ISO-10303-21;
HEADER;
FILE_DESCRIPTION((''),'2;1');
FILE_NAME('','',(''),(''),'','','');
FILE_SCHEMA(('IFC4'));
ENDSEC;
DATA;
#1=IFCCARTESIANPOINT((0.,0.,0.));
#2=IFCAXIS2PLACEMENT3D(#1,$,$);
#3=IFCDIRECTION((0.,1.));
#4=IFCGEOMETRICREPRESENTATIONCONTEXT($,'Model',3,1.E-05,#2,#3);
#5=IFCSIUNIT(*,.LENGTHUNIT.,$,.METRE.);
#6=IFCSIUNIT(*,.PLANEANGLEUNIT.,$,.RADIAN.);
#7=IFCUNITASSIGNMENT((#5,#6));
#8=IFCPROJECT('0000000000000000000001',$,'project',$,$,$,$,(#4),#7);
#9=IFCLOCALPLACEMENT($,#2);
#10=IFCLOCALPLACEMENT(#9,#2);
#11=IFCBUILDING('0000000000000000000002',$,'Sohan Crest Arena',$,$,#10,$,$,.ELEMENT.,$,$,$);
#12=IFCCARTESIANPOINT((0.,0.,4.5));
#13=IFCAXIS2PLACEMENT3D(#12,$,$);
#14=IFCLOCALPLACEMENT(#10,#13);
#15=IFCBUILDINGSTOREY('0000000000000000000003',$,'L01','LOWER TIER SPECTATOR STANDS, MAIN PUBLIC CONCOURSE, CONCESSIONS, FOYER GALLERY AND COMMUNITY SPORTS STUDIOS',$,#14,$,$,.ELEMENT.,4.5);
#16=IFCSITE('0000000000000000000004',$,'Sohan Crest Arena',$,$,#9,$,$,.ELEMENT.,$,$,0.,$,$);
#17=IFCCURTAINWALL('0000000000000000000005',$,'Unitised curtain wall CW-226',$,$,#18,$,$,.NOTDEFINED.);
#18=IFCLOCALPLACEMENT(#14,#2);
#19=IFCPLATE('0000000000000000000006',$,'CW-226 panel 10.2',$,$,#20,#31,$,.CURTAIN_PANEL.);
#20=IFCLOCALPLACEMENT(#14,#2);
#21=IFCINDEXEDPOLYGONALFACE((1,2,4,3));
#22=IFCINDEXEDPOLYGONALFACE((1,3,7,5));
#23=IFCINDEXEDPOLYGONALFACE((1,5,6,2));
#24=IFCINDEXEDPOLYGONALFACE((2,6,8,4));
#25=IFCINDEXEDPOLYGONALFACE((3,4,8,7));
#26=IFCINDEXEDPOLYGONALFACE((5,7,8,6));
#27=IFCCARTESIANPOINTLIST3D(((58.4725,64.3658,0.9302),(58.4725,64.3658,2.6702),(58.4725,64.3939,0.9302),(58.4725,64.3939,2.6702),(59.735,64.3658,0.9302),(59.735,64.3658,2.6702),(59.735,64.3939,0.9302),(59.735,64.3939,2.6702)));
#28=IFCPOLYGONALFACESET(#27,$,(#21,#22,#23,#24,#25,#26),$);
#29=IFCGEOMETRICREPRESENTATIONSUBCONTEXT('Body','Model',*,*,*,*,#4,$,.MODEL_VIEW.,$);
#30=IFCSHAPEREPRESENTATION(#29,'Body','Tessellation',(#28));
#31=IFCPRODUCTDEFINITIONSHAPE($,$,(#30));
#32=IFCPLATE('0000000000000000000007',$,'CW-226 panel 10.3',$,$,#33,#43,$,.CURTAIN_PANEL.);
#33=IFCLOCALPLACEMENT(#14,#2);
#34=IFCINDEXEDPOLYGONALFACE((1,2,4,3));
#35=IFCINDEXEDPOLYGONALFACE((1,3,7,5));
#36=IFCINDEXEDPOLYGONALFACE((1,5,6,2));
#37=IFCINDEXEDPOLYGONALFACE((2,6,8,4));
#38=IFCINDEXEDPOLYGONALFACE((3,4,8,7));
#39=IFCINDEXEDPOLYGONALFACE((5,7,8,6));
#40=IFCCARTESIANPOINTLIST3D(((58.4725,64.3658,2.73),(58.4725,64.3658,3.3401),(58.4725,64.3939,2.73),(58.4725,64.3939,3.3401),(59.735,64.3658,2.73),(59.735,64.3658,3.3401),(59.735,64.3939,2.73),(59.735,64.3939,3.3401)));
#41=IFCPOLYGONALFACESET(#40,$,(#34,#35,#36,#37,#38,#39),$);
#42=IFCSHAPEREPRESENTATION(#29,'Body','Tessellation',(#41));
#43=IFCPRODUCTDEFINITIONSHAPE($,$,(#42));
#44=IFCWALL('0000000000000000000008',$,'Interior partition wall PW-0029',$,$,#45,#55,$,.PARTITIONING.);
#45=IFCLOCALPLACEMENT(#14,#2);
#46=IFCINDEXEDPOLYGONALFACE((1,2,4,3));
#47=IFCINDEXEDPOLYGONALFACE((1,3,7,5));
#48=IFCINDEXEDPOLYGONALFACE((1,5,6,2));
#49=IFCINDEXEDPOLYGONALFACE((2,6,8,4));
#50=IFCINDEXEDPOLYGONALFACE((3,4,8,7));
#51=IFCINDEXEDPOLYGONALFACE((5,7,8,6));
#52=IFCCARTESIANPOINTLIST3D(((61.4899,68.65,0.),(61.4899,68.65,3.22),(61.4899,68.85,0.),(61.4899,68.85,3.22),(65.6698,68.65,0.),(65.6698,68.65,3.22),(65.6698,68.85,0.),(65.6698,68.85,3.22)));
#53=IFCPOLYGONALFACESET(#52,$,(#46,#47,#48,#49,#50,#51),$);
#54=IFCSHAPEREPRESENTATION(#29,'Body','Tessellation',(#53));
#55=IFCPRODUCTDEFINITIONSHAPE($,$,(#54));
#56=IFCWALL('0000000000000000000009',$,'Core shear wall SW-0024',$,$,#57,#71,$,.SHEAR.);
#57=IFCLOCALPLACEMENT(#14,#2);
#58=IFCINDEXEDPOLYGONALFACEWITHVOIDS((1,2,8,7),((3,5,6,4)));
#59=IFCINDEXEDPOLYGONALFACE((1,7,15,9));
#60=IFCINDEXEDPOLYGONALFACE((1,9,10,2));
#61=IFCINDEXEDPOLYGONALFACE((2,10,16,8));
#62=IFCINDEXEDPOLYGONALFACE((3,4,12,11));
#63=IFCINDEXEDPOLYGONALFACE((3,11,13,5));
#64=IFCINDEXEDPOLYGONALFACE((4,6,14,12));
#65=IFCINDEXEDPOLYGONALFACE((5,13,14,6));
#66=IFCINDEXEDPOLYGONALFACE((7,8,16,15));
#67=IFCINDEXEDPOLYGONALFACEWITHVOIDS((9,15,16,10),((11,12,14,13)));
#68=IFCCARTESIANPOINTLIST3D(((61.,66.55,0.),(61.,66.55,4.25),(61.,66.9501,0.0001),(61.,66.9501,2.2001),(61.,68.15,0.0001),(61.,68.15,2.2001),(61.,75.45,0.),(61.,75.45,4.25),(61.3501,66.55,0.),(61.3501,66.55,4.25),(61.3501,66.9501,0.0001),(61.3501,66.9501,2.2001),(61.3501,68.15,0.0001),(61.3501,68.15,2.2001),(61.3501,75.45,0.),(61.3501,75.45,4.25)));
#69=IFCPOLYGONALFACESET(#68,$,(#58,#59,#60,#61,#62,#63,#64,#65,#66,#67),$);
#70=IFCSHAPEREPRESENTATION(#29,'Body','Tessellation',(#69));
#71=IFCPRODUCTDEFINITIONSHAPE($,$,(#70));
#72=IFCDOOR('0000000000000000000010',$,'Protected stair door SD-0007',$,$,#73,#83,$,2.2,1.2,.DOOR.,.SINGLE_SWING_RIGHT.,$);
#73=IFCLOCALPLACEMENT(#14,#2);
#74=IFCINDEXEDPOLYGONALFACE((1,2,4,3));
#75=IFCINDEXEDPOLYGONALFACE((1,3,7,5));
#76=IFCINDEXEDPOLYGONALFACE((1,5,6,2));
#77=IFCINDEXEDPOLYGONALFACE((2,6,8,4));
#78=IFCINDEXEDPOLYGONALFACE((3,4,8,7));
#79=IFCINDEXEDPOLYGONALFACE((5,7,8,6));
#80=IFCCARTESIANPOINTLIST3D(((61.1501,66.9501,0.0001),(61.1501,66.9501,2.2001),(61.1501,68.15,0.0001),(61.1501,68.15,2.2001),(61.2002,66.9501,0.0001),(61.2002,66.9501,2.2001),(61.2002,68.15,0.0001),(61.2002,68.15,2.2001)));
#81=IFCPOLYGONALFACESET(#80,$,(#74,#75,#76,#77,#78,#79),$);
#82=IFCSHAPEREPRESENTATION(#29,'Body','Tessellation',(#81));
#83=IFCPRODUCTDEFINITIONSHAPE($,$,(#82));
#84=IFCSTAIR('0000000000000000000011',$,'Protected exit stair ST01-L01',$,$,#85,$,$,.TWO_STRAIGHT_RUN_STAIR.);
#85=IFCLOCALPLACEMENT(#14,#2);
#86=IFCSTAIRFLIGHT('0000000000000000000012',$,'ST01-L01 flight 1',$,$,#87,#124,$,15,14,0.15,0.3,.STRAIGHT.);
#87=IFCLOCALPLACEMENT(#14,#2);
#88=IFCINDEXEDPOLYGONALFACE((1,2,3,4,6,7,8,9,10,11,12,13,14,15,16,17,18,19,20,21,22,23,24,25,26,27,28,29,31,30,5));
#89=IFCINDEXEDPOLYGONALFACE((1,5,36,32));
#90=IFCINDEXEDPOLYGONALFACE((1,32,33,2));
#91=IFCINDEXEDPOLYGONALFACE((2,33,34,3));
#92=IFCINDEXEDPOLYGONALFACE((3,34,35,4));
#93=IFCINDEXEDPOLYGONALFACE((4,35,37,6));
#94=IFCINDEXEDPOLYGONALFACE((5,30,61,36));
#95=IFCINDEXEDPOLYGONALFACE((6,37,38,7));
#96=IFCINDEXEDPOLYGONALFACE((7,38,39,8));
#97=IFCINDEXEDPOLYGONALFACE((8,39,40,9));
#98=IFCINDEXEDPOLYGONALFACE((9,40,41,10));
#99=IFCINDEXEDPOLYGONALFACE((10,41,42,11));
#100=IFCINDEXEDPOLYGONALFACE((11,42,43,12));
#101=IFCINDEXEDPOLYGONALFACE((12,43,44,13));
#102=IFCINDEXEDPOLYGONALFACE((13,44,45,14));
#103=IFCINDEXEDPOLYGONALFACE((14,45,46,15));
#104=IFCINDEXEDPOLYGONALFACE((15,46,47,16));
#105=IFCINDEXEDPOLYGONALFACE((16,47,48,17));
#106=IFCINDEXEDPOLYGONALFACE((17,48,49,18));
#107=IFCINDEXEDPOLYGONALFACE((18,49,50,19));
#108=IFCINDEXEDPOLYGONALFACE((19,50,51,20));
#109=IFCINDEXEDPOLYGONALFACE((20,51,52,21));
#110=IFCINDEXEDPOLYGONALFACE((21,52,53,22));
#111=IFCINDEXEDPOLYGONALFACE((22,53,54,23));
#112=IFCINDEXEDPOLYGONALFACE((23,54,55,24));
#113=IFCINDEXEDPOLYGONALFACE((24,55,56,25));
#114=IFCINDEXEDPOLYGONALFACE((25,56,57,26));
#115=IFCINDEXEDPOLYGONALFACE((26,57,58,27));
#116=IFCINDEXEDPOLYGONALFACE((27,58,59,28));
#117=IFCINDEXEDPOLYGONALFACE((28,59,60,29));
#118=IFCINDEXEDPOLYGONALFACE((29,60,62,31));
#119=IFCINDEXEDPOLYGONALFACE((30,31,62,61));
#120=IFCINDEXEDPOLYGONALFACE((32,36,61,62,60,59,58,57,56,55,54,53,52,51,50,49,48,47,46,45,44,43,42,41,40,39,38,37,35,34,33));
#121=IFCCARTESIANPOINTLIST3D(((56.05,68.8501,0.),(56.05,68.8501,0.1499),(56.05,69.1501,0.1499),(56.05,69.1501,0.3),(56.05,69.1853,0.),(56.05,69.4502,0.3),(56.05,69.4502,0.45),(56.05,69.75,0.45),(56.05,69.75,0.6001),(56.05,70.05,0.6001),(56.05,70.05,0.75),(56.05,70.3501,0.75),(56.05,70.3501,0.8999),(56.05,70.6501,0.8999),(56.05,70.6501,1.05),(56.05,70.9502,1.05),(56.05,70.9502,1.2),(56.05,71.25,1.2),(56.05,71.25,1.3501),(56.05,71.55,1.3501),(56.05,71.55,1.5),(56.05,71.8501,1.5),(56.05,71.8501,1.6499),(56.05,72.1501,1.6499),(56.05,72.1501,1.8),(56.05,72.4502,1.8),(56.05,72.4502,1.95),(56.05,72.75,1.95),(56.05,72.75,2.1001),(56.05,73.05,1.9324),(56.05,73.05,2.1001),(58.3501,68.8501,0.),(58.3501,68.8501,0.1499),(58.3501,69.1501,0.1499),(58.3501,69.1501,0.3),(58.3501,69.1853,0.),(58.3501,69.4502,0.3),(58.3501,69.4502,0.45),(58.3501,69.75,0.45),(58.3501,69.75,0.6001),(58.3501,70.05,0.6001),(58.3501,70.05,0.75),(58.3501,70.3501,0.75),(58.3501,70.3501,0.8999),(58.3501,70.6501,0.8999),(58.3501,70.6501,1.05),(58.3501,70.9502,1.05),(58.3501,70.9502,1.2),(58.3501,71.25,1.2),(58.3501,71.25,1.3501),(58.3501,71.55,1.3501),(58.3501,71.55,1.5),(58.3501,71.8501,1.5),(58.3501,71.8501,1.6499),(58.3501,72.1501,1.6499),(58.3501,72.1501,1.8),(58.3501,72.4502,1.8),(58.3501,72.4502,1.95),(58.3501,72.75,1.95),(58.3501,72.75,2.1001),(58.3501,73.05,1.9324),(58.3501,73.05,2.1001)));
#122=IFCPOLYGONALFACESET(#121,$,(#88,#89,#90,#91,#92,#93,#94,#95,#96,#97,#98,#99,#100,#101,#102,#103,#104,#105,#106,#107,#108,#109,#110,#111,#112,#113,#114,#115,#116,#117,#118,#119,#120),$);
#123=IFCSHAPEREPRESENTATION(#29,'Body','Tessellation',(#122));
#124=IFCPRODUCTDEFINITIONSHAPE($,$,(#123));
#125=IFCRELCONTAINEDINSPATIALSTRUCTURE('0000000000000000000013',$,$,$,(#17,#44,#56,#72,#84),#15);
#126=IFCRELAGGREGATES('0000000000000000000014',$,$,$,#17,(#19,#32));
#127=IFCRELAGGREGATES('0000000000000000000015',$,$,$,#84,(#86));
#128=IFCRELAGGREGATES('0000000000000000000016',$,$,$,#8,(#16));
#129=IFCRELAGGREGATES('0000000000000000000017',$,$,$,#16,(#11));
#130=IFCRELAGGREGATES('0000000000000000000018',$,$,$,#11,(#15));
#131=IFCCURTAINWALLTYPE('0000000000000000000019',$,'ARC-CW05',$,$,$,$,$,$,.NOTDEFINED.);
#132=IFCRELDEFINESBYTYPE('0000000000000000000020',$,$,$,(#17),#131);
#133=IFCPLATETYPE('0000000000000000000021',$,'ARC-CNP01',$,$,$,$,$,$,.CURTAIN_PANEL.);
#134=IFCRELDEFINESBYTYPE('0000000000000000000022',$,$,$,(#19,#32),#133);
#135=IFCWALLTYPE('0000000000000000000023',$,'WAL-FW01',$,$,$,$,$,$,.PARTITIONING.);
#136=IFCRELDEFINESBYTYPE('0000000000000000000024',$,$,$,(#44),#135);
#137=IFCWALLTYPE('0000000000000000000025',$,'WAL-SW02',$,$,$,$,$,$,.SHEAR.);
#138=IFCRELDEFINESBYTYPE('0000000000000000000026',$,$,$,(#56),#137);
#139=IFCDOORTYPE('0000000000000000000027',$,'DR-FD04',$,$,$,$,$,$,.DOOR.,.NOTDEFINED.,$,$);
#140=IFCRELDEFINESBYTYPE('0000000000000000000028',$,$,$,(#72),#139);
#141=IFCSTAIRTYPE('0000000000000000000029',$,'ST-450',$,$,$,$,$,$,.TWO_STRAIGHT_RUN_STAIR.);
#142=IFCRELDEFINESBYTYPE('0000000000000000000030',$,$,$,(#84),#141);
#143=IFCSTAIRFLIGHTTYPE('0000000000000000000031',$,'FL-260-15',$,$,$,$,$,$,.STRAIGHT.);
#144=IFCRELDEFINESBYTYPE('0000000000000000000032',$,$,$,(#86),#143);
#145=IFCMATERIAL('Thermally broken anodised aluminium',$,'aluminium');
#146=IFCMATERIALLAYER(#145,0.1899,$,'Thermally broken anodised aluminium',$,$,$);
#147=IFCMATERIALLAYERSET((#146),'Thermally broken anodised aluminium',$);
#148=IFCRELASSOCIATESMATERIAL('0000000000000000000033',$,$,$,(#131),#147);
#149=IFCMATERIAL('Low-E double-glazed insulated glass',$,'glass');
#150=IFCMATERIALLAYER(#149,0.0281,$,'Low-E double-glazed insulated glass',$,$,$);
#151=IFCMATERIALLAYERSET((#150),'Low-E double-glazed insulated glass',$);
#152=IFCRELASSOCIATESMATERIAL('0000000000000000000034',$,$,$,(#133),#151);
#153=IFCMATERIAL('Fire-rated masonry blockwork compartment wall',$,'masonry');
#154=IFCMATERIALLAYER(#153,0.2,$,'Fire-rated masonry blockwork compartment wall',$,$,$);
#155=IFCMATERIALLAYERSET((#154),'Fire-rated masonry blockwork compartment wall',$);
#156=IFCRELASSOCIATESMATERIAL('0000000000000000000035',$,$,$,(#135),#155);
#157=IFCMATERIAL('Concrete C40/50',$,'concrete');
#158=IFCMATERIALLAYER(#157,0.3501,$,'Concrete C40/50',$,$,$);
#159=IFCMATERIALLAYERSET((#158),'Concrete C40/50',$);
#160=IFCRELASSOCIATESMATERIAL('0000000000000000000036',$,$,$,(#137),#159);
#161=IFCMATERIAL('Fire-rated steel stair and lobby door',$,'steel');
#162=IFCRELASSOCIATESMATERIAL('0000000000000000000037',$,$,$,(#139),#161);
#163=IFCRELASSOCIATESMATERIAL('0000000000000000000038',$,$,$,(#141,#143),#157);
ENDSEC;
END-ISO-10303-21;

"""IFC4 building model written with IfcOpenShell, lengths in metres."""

from ifc_helpers import new_model, si_unit, direction, frame, frame_2d, origin, origin_2d, place, context, subcontext, project, spatial, polyline, rectangle, outline, extrude, material, layer, layer_set, type_object, element, fill, aggregate, save


model = new_model("IFC4")

# Units and contexts
model_context = context("Model", 3, precision=1e-05, world=origin(), true_north=direction((0.0, 1.0)))
body_context = subcontext(model_context, "Body", "Model", "MODEL_VIEW")
ifc_project = project(units=[si_unit("LENGTHUNIT", "METRE"), si_unit("PLANEANGLEUNIT", "RADIAN")], contexts=[model_context])

# Site, building, storey
site_placement = place(None, origin())
site = spatial("IfcSite", under=ifc_project, at=site_placement, Name="Sohan Crest Arena", CompositionType="ELEMENT", RefElevation=0.0)
building_placement = place(site_placement, origin())
building = spatial("IfcBuilding", under=site, at=building_placement, Name="Sohan Crest Arena", CompositionType="ELEMENT")
storey_placement = place(building_placement, frame((0.0, 0.0, 4.5)))
storey = spatial("IfcBuildingStorey", under=building, at=storey_placement, Name="L01", Description="LOWER TIER SPECTATOR STANDS, MAIN PUBLIC CONCOURSE, CONCESSIONS, FOYER GALLERY AND COMMUNITY SPORTS STUDIOS", CompositionType="ELEMENT", Elevation=4.5)

# Curtain wall, plates
ifc_material_1 = material(Name="Thermally broken anodised aluminium", Category="aluminium")
ifc_layer_1 = layer(ifc_material_1, 0.1899, Name="Thermally broken anodised aluminium")
ifc_layer_set_1 = layer_set([ifc_layer_1], Name="Thermally broken anodised aluminium")
curtain_wall_type = type_object("IfcCurtainWallType", Name="ARC-CW05", PredefinedType="NOTDEFINED", material=ifc_layer_set_1)
curtain_wall_placement = place(storey_placement, origin())
curtain_wall = element("IfcCurtainWall", 1, at=curtain_wall_placement, inside=storey, type_object=curtain_wall_type, Name="Unitised curtain wall CW-226", PredefinedType="NOTDEFINED")
ifc_material_2 = material(Name="Low-E double-glazed insulated glass", Category="glass")
ifc_layer_2 = layer(ifc_material_2, 0.0281, Name="Low-E double-glazed insulated glass")
ifc_layer_set_2 = layer_set([ifc_layer_2], Name="Low-E double-glazed insulated glass")
plate_type = type_object("IfcPlateType", Name="ARC-CNP01", PredefinedType="CURTAIN_PANEL", material=ifc_layer_set_2)
plate_1_placement = place(storey_placement, frame((59.1038, 64.3799, 0.9302), z_axis=(0.0, 0.0, 1.0), x_axis=(1.0, 0.0, 0.0)))
plate_1 = element("IfcPlate", 2, at=plate_1_placement, type_object=plate_type, Name="CW-226 panel 10.2", PredefinedType="CURTAIN_PANEL", context=body_context, shape_type="SweptSolid", body=[
    extrude(rectangle(XDim=1.2625, YDim=0.0281, at=origin_2d()), origin(), (0.0, 0.0, 1.0), 1.74),
])
plate_2_placement = place(storey_placement, frame((59.1038, 64.3799, 2.73), z_axis=(0.0, 0.0, 1.0), x_axis=(1.0, 0.0, 0.0)))
plate_2 = element("IfcPlate", 3, at=plate_2_placement, type_object=plate_type, Name="CW-226 panel 10.3", PredefinedType="CURTAIN_PANEL", context=body_context, shape_type="SweptSolid", body=[
    extrude(rectangle(XDim=1.2625, YDim=0.0281, at=origin_2d()), origin(), (0.0, 0.0, 1.0), 0.6101),
])
aggregate(curtain_wall, [plate_1, plate_2])

# Wall
ifc_material_3 = material(Name="Fire-rated masonry blockwork compartment wall", Category="masonry")
ifc_layer_3 = layer(ifc_material_3, 0.2, Name="Fire-rated masonry blockwork compartment wall")
ifc_layer_set_3 = layer_set([ifc_layer_3], Name="Fire-rated masonry blockwork compartment wall")
wall_type_1 = type_object("IfcWallType", Name="WAL-FW01", PredefinedType="PARTITIONING", material=ifc_layer_set_3)
wall_1_placement = place(storey_placement, frame((61.49, 68.75, 0.0), z_axis=(0.0, 0.0, 1.0), x_axis=(1.0, 0.0, 0.0)))
element("IfcWall", 4, at=wall_1_placement, inside=storey, type_object=wall_type_1, Name="Interior partition wall PW-0029", PredefinedType="PARTITIONING", context=body_context, shape_type="SweptSolid", body=[
    extrude(rectangle(XDim=4.1799, YDim=0.2, at=frame_2d((2.0898, 0.0))), origin(), (0.0, 0.0, 1.0), 3.22),
])

# Wall, opening, door
ifc_material_4 = material(Name="Concrete C40/50", Category="concrete")
ifc_layer_4 = layer(ifc_material_4, 0.3501, Name="Concrete C40/50")
ifc_layer_set_4 = layer_set([ifc_layer_4], Name="Concrete C40/50")
wall_type_2 = type_object("IfcWallType", Name="WAL-SW02", PredefinedType="SHEAR", material=ifc_layer_set_4)
wall_2_placement = place(storey_placement, frame((61.175, 66.55, 0.0), z_axis=(0.0, 0.0, 1.0), x_axis=(0.0, 1.0, 0.0)))
wall_2 = element("IfcWall", 5, at=wall_2_placement, inside=storey, type_object=wall_type_2, Name="Core shear wall SW-0024", PredefinedType="SHEAR", context=body_context, shape_type="SweptSolid", body=[
    extrude(rectangle(XDim=8.8999, YDim=0.3501, at=frame_2d((4.45, 0.0))), origin(), (0.0, 0.0, 1.0), 4.25),
])
opening_placement = place(wall_2_placement, frame((0.3999, 0.0, 0.0)))
opening = element("IfcOpeningElement", 6, at=opening_placement, cuts=wall_2, PredefinedType="OPENING", context=body_context, shape_type="SweptSolid", body=[
    extrude(rectangle(XDim=1.2, YDim=2.2, at=frame_2d((0.6001, 1.1001))), frame((0.0, 0.1851, 0.0), z_axis=(0.0, -1.0, 0.0), x_axis=(1.0, 0.0, 0.0)), (0.0, 0.0, 1.0), 0.3701),
])
ifc_material_5 = material(Name="Fire-rated steel stair and lobby door", Category="steel")
door_type = type_object("IfcDoorType", Name="DR-FD04", OperationType="NOTDEFINED", PredefinedType="DOOR", material=ifc_material_5)
door_placement = place(opening_placement, origin())
door = element("IfcDoor", 7, at=door_placement, inside=storey, type_object=door_type, Name="Protected stair door SD-0007", OperationType="SINGLE_SWING_RIGHT", OverallHeight=2.2, OverallWidth=1.2, PredefinedType="DOOR", context=body_context, shape_type="SweptSolid", body=[
    extrude(rectangle(XDim=1.2, YDim=2.2, at=frame_2d((0.6001, 1.1001))), frame((0.0, 0.0249, 0.0), z_axis=(0.0, -1.0, 0.0), x_axis=(1.0, 0.0, 0.0)), (0.0, 0.0, 1.0), 0.05),
])
fill(opening, door)

# Stair, stair flight
stair_type = type_object("IfcStairType", Name="ST-450", PredefinedType="TWO_STRAIGHT_RUN_STAIR", material=ifc_material_4)
stair_placement = place(storey_placement, origin())
stair = element("IfcStair", 8, at=stair_placement, inside=storey, type_object=stair_type, Name="Protected exit stair ST01-L01", PredefinedType="TWO_STRAIGHT_RUN_STAIR")
stair_flight_type = type_object("IfcStairFlightType", Name="FL-260-15", PredefinedType="STRAIGHT", material=ifc_material_4)
stair_flight_placement = place(storey_placement, frame((57.2, 68.8501, 0.0), z_axis=(0.0, 0.0, 1.0), x_axis=(0.0, 1.0, 0.0)))
stair_flight = element("IfcStairFlight", 9, at=stair_flight_placement, type_object=stair_flight_type, Name="ST01-L01 flight 1", NumberOfRisers=15, NumberOfTreads=14, PredefinedType="STRAIGHT", RiserHeight=0.15, TreadLength=0.3, context=body_context, shape_type="SweptSolid", body=[
    extrude(outline(polyline([(0.0, 0.0), (0.0, 0.1499), (0.3, 0.1499), (0.3, 0.3), (0.6001, 0.3), (0.6001, 0.45), (0.8999, 0.45), (0.8999, 0.6001), (1.2, 0.6001), (1.2, 0.75), (1.5, 0.75), (1.5, 0.8999), (1.8, 0.8999), (1.8, 1.05), (2.1001, 1.05), (2.1001, 1.2), (2.3999, 1.2), (2.3999, 1.3501), (2.7, 1.3501), (2.7, 1.5), (3.0, 1.5), (3.0, 1.6499), (3.3, 1.6499), (3.3, 1.8), (3.6001, 1.8), (3.6001, 1.95), (3.8999, 1.95), (3.8999, 2.1001), (4.2, 2.1001), (4.2, 2.25), (4.2, 1.9324), (0.3352, 0.0), (0.0, 0.0)])), frame((0.0, 1.1499, 0.0), z_axis=(0.0, -1.0, 0.0), x_axis=(1.0, 0.0, 0.0)), (0.0, 0.0, 1.0), 2.3),
])
aggregate(stair, [stair_flight])

save(model, "model.ifc")
